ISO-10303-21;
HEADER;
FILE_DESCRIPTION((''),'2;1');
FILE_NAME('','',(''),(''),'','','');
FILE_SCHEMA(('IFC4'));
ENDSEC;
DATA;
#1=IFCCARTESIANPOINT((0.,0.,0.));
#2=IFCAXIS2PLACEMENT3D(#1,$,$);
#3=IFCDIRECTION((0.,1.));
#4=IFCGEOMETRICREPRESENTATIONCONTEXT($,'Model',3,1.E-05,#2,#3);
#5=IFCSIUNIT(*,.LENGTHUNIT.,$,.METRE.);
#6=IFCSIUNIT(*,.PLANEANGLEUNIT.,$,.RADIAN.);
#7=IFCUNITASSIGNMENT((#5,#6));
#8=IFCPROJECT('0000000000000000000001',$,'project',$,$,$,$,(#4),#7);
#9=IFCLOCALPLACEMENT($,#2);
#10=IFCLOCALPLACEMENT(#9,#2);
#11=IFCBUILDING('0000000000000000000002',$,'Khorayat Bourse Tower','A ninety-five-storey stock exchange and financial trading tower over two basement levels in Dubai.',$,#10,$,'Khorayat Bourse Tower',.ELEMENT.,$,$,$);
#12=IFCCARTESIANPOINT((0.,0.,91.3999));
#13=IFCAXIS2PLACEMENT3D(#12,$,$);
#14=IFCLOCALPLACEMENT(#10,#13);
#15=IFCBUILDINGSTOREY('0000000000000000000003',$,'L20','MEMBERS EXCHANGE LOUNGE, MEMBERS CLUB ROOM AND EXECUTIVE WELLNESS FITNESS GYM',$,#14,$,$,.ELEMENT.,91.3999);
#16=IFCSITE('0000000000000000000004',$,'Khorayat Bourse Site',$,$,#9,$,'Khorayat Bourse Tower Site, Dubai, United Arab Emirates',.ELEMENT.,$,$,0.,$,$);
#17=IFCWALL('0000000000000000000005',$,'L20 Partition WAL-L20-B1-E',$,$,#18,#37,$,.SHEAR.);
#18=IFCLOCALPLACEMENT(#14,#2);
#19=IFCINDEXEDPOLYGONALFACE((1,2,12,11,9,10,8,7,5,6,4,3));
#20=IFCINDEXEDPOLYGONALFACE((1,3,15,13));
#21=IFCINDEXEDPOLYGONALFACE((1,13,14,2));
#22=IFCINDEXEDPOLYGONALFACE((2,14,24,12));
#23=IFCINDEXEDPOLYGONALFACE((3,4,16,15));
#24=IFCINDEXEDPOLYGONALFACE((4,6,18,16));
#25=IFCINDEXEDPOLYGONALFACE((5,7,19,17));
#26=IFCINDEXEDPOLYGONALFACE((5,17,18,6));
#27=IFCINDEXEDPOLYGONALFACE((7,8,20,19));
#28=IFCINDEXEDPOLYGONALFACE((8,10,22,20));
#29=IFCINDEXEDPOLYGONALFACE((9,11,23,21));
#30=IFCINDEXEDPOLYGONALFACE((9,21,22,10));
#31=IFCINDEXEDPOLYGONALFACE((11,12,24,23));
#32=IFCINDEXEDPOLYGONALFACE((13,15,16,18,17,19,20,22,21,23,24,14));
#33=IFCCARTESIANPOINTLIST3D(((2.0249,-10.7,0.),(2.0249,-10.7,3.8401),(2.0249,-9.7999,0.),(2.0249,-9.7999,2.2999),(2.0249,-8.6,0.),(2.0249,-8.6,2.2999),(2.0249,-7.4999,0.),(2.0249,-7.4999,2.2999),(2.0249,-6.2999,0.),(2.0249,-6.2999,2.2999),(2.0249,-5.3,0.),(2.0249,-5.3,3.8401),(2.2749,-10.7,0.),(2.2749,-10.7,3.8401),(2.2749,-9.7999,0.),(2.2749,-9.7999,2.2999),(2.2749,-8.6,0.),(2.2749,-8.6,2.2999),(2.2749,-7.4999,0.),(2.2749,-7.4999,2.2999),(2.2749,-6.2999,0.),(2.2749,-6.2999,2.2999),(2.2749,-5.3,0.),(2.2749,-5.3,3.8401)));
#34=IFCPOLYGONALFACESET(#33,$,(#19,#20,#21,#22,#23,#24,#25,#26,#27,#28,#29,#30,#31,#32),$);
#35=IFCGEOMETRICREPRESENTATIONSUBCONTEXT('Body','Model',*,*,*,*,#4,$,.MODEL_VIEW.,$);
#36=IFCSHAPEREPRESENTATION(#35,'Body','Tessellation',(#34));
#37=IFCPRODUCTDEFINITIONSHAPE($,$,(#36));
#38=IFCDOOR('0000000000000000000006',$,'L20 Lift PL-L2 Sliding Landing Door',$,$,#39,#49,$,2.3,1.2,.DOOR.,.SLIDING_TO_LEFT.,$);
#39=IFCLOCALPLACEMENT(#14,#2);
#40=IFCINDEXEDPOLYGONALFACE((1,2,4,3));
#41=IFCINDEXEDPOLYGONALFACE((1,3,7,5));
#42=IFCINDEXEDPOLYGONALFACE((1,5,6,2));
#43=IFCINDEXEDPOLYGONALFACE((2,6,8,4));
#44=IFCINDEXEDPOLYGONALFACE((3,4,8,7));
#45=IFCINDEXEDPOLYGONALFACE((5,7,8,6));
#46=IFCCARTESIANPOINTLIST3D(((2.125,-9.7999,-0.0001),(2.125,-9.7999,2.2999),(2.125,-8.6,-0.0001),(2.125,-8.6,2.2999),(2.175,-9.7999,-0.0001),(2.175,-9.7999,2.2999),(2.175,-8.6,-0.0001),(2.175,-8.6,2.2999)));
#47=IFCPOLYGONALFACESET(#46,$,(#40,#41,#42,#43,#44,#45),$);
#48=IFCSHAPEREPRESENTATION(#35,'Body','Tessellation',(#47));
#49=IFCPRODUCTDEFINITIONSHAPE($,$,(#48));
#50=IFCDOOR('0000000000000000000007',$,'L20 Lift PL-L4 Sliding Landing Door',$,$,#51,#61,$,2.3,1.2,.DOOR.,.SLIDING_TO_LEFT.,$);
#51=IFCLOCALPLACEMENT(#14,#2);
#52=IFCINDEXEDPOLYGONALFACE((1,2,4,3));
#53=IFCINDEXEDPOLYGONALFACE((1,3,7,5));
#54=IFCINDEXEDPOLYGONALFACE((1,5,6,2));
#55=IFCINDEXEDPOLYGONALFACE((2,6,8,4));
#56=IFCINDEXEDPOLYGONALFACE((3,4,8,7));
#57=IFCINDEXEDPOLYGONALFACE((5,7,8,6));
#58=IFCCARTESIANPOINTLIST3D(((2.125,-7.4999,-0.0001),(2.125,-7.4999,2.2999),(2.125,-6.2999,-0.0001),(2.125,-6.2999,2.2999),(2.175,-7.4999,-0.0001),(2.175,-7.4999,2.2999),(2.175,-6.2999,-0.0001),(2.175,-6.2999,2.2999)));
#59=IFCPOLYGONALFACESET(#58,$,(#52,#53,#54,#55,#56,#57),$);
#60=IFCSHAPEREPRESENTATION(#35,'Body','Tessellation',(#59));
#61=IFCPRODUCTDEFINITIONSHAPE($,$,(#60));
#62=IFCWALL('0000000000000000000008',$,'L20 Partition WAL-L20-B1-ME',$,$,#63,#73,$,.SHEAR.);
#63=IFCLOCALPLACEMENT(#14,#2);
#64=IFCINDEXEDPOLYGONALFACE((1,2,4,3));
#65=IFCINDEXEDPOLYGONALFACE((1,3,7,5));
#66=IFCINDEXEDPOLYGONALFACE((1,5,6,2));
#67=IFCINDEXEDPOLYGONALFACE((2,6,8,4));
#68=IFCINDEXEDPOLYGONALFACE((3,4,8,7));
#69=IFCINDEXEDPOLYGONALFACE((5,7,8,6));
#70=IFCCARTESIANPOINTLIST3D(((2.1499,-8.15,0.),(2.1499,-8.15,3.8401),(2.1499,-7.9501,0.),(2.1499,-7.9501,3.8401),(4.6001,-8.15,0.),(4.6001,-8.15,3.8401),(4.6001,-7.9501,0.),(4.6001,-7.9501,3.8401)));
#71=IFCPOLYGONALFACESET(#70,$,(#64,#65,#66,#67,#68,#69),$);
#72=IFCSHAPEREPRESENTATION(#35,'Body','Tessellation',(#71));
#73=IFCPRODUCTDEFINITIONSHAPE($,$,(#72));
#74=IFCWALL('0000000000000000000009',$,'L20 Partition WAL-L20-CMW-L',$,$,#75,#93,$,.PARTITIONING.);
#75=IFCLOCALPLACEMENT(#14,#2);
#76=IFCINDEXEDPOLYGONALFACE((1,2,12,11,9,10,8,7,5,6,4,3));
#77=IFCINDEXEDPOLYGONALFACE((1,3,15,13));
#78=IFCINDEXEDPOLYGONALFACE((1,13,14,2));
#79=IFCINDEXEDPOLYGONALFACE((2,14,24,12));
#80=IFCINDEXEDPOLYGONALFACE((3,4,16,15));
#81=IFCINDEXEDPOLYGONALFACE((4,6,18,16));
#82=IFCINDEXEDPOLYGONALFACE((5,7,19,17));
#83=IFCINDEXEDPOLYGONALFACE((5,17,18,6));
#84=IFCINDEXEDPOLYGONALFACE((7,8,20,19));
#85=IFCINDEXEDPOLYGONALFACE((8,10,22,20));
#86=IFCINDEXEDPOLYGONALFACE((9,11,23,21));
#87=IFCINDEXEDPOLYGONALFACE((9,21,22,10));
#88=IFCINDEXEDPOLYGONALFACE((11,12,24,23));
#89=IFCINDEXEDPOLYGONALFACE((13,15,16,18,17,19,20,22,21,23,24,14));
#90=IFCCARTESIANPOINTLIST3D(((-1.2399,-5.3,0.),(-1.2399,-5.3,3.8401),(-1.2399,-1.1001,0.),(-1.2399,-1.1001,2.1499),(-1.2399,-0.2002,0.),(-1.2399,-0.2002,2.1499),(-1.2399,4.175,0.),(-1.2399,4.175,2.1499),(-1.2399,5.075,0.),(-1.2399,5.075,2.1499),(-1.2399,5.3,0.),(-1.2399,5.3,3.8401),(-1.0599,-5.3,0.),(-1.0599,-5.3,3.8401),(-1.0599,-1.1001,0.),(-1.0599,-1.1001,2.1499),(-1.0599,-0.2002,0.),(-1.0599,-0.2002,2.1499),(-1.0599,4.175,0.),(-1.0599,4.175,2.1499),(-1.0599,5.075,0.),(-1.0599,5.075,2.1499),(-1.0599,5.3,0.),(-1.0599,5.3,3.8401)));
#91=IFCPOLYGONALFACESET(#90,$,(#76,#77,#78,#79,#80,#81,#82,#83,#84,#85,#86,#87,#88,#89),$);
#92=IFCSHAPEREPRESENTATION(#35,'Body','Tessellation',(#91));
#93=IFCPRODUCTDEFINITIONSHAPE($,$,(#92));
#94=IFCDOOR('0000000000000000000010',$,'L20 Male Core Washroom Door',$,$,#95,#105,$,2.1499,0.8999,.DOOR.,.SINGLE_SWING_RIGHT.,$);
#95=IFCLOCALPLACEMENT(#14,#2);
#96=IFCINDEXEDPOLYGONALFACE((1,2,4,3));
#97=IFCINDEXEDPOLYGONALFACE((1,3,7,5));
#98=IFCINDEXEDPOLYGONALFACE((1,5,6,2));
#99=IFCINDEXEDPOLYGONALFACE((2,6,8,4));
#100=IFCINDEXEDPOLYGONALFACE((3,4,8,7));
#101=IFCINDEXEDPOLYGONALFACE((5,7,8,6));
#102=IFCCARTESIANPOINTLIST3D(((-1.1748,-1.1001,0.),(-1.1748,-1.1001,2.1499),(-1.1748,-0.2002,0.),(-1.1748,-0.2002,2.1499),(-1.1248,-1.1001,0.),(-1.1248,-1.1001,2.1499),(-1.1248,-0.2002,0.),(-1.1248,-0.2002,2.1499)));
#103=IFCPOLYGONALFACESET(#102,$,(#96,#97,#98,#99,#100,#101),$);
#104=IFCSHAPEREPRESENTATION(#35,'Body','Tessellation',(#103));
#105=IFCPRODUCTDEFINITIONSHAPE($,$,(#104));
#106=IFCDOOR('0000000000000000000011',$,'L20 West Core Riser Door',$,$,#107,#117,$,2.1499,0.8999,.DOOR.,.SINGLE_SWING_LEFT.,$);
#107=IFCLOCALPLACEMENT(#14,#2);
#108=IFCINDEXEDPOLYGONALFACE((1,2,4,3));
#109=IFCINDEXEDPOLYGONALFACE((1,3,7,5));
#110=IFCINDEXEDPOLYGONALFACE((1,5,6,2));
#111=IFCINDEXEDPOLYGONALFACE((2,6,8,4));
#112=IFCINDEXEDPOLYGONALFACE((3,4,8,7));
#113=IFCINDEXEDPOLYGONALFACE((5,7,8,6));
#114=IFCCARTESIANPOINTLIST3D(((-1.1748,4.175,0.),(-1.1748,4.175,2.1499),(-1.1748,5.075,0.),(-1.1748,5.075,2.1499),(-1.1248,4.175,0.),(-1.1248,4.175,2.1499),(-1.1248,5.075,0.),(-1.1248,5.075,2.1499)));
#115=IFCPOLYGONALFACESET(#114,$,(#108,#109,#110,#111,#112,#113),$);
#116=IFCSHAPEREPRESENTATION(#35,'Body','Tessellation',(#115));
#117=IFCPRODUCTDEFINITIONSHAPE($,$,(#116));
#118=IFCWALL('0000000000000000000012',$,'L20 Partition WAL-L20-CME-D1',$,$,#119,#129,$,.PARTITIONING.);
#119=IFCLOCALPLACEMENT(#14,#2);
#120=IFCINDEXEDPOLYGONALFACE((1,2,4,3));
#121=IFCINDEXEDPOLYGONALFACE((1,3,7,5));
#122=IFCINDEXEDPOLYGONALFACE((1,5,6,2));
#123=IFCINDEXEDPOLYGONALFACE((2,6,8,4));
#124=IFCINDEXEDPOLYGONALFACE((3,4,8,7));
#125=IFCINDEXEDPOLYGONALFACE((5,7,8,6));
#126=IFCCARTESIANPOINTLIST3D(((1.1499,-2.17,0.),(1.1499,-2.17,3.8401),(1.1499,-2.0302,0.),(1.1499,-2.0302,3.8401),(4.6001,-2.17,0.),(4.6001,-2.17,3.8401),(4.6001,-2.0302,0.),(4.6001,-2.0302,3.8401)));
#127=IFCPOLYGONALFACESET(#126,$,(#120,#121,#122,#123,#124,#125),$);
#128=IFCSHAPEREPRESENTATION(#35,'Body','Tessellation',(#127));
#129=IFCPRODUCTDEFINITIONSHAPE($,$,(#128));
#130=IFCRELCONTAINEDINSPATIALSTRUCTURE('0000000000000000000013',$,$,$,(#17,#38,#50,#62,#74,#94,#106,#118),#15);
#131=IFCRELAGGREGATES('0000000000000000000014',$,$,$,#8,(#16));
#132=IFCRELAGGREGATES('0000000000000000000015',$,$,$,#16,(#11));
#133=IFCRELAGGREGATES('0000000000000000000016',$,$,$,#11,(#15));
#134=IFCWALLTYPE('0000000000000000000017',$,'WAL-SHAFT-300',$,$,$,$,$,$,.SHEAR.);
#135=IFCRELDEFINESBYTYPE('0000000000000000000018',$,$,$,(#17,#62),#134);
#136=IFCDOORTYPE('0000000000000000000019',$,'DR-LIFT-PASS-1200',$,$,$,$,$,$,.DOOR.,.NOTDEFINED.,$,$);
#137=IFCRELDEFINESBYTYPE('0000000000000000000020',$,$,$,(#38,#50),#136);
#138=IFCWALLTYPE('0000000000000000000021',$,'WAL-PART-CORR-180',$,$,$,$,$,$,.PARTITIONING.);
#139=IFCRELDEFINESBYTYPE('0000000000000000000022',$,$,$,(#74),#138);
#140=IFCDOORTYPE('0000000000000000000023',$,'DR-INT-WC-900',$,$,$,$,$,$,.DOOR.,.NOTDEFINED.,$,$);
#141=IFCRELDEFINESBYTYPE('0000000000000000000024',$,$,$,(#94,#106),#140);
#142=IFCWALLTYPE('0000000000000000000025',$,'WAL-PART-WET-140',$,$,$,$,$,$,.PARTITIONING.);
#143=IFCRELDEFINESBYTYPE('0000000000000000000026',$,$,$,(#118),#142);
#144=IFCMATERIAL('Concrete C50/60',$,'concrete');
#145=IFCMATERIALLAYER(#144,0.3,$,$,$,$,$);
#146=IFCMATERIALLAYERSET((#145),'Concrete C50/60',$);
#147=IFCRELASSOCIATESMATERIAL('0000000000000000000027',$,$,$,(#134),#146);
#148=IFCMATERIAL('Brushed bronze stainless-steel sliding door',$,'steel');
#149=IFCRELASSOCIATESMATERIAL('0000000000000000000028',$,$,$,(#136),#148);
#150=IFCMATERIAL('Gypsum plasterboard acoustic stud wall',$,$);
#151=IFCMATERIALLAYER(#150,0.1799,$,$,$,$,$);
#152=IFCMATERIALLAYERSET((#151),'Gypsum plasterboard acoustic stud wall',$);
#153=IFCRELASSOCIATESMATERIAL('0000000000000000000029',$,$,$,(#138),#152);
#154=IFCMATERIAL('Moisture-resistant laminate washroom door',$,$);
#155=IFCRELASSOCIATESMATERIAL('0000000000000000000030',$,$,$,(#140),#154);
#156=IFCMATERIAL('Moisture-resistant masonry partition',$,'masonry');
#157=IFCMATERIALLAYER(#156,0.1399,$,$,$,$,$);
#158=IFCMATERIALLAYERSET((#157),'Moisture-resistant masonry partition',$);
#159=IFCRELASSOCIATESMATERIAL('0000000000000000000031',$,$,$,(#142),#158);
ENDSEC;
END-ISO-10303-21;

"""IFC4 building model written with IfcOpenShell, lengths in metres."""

from ifc_helpers import new_model, si_unit, direction, frame, frame_2d, origin, place, context, subcontext, project, spatial, rectangle, extrude, source, transform, mapped, material, layer, layer_set, type_object, element, fill, save


model = new_model("IFC4")

# Units and contexts
model_context = context("Model", 3, precision=1e-05, world=origin(), true_north=direction((0.0, 1.0)))
body_context = subcontext(model_context, "Body", "Model", "MODEL_VIEW")
ifc_project = project(units=[si_unit("LENGTHUNIT", "METRE"), si_unit("PLANEANGLEUNIT", "RADIAN")], contexts=[model_context])

# Site, building, storey
site_placement = place(None, origin())
site = spatial("IfcSite", under=ifc_project, at=site_placement, Name="Khorayat Bourse Site", LongName="Khorayat Bourse Tower Site, Dubai, United Arab Emirates", CompositionType="ELEMENT", RefElevation=0.0)
building_placement = place(site_placement, origin())
building = spatial("IfcBuilding", under=site, at=building_placement, Name="Khorayat Bourse Tower", Description="A ninety-five-storey stock exchange and financial trading tower over two basement levels in Dubai.", LongName="Khorayat Bourse Tower", CompositionType="ELEMENT")
storey_placement = place(building_placement, frame((0.0, 0.0, 91.3999)))
storey = spatial("IfcBuildingStorey", under=building, at=storey_placement, Name="L20", Description="MEMBERS EXCHANGE LOUNGE, MEMBERS CLUB ROOM AND EXECUTIVE WELLNESS FITNESS GYM", CompositionType="ELEMENT", Elevation=91.3999)

# Shared definitions
ifc_material_1 = material(Name="Concrete C50/60", Category="concrete")
ifc_layer_1 = layer(ifc_material_1, 0.3)
ifc_layer_set_1 = layer_set([ifc_layer_1], Name="Concrete C50/60")
wall_type_1 = type_object("IfcWallType", Name="WAL-SHAFT-300", PredefinedType="SHEAR", material=ifc_layer_set_1)

# Wall, openings, doors
shared_shape_1 = source(origin(), body_context, "Body", "SweptSolid", [
    extrude(rectangle(XDim=5.3999, YDim=0.25, at=frame_2d((2.7, 0.0))), origin(), (0.0, 0.0, 1.0), 3.8401),
])
shared_shape_2 = source(origin(), body_context, "Body", "SweptSolid", [
    extrude(rectangle(XDim=1.2, YDim=2.3, at=frame_2d((0.6001, 1.1499))), frame((0.0, 0.135, 0.0), z_axis=(0.0, -1.0, 0.0), x_axis=(1.0, 0.0, 0.0)), (0.0, 0.0, 1.0), 0.27),
])
ifc_material_2 = material(Name="Brushed bronze stainless-steel sliding door", Category="steel")
door_type_1 = type_object("IfcDoorType", Name="DR-LIFT-PASS-1200", OperationType="NOTDEFINED", PredefinedType="DOOR", material=ifc_material_2)
shared_shape_3 = source(origin(), body_context, "Body", "SweptSolid", [
    extrude(rectangle(XDim=1.2, YDim=2.3, at=frame_2d((0.6001, 1.1499))), frame((0.0, 0.0249, 0.0), z_axis=(0.0, -1.0, 0.0), x_axis=(1.0, 0.0, 0.0)), (0.0, 0.0, 1.0), 0.05),
])
wall_1_placement = place(storey_placement, frame((2.1499, -10.7, 0.0), z_axis=(0.0, 0.0, 1.0), x_axis=(0.0, 1.0, 0.0)))
wall_1 = element("IfcWall", 1, at=wall_1_placement, inside=storey, type_object=wall_type_1, Name="L20 Partition WAL-L20-B1-E", PredefinedType="SHEAR", context=body_context, shape_type="MappedRepresentation", body=[
    mapped(shared_shape_1, transform((0.0, 0.0, 0.0), scale=1.0)),
])
opening_1_placement = place(wall_1_placement, frame((0.8999, 0.0, 0.0)))
opening_1 = element("IfcOpeningElement", 2, at=opening_1_placement, cuts=wall_1, PredefinedType="OPENING", context=body_context, shape_type="MappedRepresentation", body=[
    mapped(shared_shape_2, transform((0.0, 0.0, 0.0), scale=1.0)),
])
opening_2_placement = place(wall_1_placement, frame((3.2, 0.0, 0.0)))
opening_2 = element("IfcOpeningElement", 3, at=opening_2_placement, cuts=wall_1, PredefinedType="OPENING", context=body_context, shape_type="MappedRepresentation", body=[
    mapped(shared_shape_2, transform((0.0, 0.0, 0.0), scale=1.0)),
])
door_1_placement = place(opening_1_placement, origin())
door_1 = element("IfcDoor", 4, at=door_1_placement, inside=storey, type_object=door_type_1, Name="L20 Lift PL-L2 Sliding Landing Door", OperationType="SLIDING_TO_LEFT", OverallHeight=2.3, OverallWidth=1.2, PredefinedType="DOOR", context=body_context, shape_type="MappedRepresentation", body=[
    mapped(shared_shape_3, transform((0.0, 0.0, 0.0), scale=1.0)),
])
fill(opening_1, door_1)
door_2_placement = place(opening_2_placement, origin())
door_2 = element("IfcDoor", 5, at=door_2_placement, inside=storey, type_object=door_type_1, Name="L20 Lift PL-L4 Sliding Landing Door", OperationType="SLIDING_TO_LEFT", OverallHeight=2.3, OverallWidth=1.2, PredefinedType="DOOR", context=body_context, shape_type="MappedRepresentation", body=[
    mapped(shared_shape_3, transform((0.0, 0.0, 0.0), scale=1.0)),
])
fill(opening_2, door_2)

# Wall
shared_shape_4 = source(origin(), body_context, "Body", "SweptSolid", [
    extrude(rectangle(XDim=2.4502, YDim=0.2, at=frame_2d((1.2251, 0.0))), origin(), (0.0, 0.0, 1.0), 3.8401),
])
wall_2_placement = place(storey_placement, frame((2.1499, -8.05, 0.0), z_axis=(0.0, 0.0, 1.0), x_axis=(1.0, 0.0, 0.0)))
element("IfcWall", 6, at=wall_2_placement, inside=storey, type_object=wall_type_1, Name="L20 Partition WAL-L20-B1-ME", PredefinedType="SHEAR", context=body_context, shape_type="MappedRepresentation", body=[
    mapped(shared_shape_4, transform((0.0, 0.0, 0.0), scale=1.0)),
])

# Wall, openings, doors
ifc_material_3 = material(Name="Gypsum plasterboard acoustic stud wall")
ifc_layer_2 = layer(ifc_material_3, 0.1799)
ifc_layer_set_2 = layer_set([ifc_layer_2], Name="Gypsum plasterboard acoustic stud wall")
wall_type_2 = type_object("IfcWallType", Name="WAL-PART-CORR-180", PredefinedType="PARTITIONING", material=ifc_layer_set_2)
shared_shape_5 = source(origin(), body_context, "Body", "SweptSolid", [
    extrude(rectangle(XDim=10.6001, YDim=0.1799, at=frame_2d((5.3, 0.0))), origin(), (0.0, 0.0, 1.0), 3.8401),
])
wall_3_placement = place(storey_placement, frame((-1.1499, -5.3, 0.0), z_axis=(0.0, 0.0, 1.0), x_axis=(0.0, 1.0, 0.0)))
wall_3 = element("IfcWall", 7, at=wall_3_placement, inside=storey, type_object=wall_type_2, Name="L20 Partition WAL-L20-CMW-L", PredefinedType="PARTITIONING", context=body_context, shape_type="MappedRepresentation", body=[
    mapped(shared_shape_5, transform((0.0, 0.0, 0.0), scale=1.0)),
])
shared_shape_6 = source(origin(), body_context, "Body", "SweptSolid", [
    extrude(rectangle(XDim=0.8999, YDim=2.1499, at=frame_2d((0.45, 1.075))), frame((0.0, 0.0999, 0.0), z_axis=(0.0, -1.0, 0.0), x_axis=(1.0, 0.0, 0.0)), (0.0, 0.0, 1.0), 0.2),
])
opening_3_placement = place(wall_3_placement, frame((4.2, 0.0, 0.0)))
opening_3 = element("IfcOpeningElement", 8, at=opening_3_placement, cuts=wall_3, PredefinedType="OPENING", context=body_context, shape_type="MappedRepresentation", body=[
    mapped(shared_shape_6, transform((0.0, 0.0, 0.0), scale=1.0)),
])
opening_4_placement = place(wall_3_placement, frame((9.4751, 0.0, 0.0)))
opening_4 = element("IfcOpeningElement", 9, at=opening_4_placement, cuts=wall_3, PredefinedType="OPENING", context=body_context, shape_type="MappedRepresentation", body=[
    mapped(shared_shape_6, transform((0.0, 0.0, 0.0), scale=1.0)),
])
ifc_material_4 = material(Name="Moisture-resistant laminate washroom door")
door_type_2 = type_object("IfcDoorType", Name="DR-INT-WC-900", OperationType="NOTDEFINED", PredefinedType="DOOR", material=ifc_material_4)
shared_shape_7 = source(origin(), body_context, "Body", "SweptSolid", [
    extrude(rectangle(XDim=0.8999, YDim=2.1499, at=frame_2d((0.45, 1.075))), frame((0.0, 0.0249, 0.0), z_axis=(0.0, -1.0, 0.0), x_axis=(1.0, 0.0, 0.0)), (0.0, 0.0, 1.0), 0.05),
])
door_3_placement = place(opening_3_placement, origin())
door_3 = element("IfcDoor", 10, at=door_3_placement, inside=storey, type_object=door_type_2, Name="L20 Male Core Washroom Door", OperationType="SINGLE_SWING_RIGHT", OverallHeight=2.1499, OverallWidth=0.8999, PredefinedType="DOOR", context=body_context, shape_type="MappedRepresentation", body=[
    mapped(shared_shape_7, transform((0.0, 0.0, 0.0), scale=1.0)),
])
fill(opening_3, door_3)
door_4_placement = place(opening_4_placement, origin())
door_4 = element("IfcDoor", 11, at=door_4_placement, inside=storey, type_object=door_type_2, Name="L20 West Core Riser Door", OperationType="SINGLE_SWING_LEFT", OverallHeight=2.1499, OverallWidth=0.8999, PredefinedType="DOOR", context=body_context, shape_type="MappedRepresentation", body=[
    mapped(shared_shape_7, transform((0.0, 0.0, 0.0), scale=1.0)),
])
fill(opening_4, door_4)

# Wall
ifc_material_5 = material(Name="Moisture-resistant masonry partition", Category="masonry")
ifc_layer_3 = layer(ifc_material_5, 0.1399)
ifc_layer_set_3 = layer_set([ifc_layer_3], Name="Moisture-resistant masonry partition")
wall_type_3 = type_object("IfcWallType", Name="WAL-PART-WET-140", PredefinedType="PARTITIONING", material=ifc_layer_set_3)
shared_shape_8 = source(origin(), body_context, "Body", "SweptSolid", [
    extrude(rectangle(XDim=3.4502, YDim=0.1399, at=frame_2d((1.7251, 0.0))), origin(), (0.0, 0.0, 1.0), 3.8401),
])
wall_4_placement = place(storey_placement, frame((1.1499, -2.1001, 0.0), z_axis=(0.0, 0.0, 1.0), x_axis=(1.0, 0.0, 0.0)))
element("IfcWall", 12, at=wall_4_placement, inside=storey, type_object=wall_type_3, Name="L20 Partition WAL-L20-CME-D1", PredefinedType="PARTITIONING", context=body_context, shape_type="MappedRepresentation", body=[
    mapped(shared_shape_8, transform((0.0, 0.0, 0.0), scale=1.0)),
])

save(model, "model.ifc")
